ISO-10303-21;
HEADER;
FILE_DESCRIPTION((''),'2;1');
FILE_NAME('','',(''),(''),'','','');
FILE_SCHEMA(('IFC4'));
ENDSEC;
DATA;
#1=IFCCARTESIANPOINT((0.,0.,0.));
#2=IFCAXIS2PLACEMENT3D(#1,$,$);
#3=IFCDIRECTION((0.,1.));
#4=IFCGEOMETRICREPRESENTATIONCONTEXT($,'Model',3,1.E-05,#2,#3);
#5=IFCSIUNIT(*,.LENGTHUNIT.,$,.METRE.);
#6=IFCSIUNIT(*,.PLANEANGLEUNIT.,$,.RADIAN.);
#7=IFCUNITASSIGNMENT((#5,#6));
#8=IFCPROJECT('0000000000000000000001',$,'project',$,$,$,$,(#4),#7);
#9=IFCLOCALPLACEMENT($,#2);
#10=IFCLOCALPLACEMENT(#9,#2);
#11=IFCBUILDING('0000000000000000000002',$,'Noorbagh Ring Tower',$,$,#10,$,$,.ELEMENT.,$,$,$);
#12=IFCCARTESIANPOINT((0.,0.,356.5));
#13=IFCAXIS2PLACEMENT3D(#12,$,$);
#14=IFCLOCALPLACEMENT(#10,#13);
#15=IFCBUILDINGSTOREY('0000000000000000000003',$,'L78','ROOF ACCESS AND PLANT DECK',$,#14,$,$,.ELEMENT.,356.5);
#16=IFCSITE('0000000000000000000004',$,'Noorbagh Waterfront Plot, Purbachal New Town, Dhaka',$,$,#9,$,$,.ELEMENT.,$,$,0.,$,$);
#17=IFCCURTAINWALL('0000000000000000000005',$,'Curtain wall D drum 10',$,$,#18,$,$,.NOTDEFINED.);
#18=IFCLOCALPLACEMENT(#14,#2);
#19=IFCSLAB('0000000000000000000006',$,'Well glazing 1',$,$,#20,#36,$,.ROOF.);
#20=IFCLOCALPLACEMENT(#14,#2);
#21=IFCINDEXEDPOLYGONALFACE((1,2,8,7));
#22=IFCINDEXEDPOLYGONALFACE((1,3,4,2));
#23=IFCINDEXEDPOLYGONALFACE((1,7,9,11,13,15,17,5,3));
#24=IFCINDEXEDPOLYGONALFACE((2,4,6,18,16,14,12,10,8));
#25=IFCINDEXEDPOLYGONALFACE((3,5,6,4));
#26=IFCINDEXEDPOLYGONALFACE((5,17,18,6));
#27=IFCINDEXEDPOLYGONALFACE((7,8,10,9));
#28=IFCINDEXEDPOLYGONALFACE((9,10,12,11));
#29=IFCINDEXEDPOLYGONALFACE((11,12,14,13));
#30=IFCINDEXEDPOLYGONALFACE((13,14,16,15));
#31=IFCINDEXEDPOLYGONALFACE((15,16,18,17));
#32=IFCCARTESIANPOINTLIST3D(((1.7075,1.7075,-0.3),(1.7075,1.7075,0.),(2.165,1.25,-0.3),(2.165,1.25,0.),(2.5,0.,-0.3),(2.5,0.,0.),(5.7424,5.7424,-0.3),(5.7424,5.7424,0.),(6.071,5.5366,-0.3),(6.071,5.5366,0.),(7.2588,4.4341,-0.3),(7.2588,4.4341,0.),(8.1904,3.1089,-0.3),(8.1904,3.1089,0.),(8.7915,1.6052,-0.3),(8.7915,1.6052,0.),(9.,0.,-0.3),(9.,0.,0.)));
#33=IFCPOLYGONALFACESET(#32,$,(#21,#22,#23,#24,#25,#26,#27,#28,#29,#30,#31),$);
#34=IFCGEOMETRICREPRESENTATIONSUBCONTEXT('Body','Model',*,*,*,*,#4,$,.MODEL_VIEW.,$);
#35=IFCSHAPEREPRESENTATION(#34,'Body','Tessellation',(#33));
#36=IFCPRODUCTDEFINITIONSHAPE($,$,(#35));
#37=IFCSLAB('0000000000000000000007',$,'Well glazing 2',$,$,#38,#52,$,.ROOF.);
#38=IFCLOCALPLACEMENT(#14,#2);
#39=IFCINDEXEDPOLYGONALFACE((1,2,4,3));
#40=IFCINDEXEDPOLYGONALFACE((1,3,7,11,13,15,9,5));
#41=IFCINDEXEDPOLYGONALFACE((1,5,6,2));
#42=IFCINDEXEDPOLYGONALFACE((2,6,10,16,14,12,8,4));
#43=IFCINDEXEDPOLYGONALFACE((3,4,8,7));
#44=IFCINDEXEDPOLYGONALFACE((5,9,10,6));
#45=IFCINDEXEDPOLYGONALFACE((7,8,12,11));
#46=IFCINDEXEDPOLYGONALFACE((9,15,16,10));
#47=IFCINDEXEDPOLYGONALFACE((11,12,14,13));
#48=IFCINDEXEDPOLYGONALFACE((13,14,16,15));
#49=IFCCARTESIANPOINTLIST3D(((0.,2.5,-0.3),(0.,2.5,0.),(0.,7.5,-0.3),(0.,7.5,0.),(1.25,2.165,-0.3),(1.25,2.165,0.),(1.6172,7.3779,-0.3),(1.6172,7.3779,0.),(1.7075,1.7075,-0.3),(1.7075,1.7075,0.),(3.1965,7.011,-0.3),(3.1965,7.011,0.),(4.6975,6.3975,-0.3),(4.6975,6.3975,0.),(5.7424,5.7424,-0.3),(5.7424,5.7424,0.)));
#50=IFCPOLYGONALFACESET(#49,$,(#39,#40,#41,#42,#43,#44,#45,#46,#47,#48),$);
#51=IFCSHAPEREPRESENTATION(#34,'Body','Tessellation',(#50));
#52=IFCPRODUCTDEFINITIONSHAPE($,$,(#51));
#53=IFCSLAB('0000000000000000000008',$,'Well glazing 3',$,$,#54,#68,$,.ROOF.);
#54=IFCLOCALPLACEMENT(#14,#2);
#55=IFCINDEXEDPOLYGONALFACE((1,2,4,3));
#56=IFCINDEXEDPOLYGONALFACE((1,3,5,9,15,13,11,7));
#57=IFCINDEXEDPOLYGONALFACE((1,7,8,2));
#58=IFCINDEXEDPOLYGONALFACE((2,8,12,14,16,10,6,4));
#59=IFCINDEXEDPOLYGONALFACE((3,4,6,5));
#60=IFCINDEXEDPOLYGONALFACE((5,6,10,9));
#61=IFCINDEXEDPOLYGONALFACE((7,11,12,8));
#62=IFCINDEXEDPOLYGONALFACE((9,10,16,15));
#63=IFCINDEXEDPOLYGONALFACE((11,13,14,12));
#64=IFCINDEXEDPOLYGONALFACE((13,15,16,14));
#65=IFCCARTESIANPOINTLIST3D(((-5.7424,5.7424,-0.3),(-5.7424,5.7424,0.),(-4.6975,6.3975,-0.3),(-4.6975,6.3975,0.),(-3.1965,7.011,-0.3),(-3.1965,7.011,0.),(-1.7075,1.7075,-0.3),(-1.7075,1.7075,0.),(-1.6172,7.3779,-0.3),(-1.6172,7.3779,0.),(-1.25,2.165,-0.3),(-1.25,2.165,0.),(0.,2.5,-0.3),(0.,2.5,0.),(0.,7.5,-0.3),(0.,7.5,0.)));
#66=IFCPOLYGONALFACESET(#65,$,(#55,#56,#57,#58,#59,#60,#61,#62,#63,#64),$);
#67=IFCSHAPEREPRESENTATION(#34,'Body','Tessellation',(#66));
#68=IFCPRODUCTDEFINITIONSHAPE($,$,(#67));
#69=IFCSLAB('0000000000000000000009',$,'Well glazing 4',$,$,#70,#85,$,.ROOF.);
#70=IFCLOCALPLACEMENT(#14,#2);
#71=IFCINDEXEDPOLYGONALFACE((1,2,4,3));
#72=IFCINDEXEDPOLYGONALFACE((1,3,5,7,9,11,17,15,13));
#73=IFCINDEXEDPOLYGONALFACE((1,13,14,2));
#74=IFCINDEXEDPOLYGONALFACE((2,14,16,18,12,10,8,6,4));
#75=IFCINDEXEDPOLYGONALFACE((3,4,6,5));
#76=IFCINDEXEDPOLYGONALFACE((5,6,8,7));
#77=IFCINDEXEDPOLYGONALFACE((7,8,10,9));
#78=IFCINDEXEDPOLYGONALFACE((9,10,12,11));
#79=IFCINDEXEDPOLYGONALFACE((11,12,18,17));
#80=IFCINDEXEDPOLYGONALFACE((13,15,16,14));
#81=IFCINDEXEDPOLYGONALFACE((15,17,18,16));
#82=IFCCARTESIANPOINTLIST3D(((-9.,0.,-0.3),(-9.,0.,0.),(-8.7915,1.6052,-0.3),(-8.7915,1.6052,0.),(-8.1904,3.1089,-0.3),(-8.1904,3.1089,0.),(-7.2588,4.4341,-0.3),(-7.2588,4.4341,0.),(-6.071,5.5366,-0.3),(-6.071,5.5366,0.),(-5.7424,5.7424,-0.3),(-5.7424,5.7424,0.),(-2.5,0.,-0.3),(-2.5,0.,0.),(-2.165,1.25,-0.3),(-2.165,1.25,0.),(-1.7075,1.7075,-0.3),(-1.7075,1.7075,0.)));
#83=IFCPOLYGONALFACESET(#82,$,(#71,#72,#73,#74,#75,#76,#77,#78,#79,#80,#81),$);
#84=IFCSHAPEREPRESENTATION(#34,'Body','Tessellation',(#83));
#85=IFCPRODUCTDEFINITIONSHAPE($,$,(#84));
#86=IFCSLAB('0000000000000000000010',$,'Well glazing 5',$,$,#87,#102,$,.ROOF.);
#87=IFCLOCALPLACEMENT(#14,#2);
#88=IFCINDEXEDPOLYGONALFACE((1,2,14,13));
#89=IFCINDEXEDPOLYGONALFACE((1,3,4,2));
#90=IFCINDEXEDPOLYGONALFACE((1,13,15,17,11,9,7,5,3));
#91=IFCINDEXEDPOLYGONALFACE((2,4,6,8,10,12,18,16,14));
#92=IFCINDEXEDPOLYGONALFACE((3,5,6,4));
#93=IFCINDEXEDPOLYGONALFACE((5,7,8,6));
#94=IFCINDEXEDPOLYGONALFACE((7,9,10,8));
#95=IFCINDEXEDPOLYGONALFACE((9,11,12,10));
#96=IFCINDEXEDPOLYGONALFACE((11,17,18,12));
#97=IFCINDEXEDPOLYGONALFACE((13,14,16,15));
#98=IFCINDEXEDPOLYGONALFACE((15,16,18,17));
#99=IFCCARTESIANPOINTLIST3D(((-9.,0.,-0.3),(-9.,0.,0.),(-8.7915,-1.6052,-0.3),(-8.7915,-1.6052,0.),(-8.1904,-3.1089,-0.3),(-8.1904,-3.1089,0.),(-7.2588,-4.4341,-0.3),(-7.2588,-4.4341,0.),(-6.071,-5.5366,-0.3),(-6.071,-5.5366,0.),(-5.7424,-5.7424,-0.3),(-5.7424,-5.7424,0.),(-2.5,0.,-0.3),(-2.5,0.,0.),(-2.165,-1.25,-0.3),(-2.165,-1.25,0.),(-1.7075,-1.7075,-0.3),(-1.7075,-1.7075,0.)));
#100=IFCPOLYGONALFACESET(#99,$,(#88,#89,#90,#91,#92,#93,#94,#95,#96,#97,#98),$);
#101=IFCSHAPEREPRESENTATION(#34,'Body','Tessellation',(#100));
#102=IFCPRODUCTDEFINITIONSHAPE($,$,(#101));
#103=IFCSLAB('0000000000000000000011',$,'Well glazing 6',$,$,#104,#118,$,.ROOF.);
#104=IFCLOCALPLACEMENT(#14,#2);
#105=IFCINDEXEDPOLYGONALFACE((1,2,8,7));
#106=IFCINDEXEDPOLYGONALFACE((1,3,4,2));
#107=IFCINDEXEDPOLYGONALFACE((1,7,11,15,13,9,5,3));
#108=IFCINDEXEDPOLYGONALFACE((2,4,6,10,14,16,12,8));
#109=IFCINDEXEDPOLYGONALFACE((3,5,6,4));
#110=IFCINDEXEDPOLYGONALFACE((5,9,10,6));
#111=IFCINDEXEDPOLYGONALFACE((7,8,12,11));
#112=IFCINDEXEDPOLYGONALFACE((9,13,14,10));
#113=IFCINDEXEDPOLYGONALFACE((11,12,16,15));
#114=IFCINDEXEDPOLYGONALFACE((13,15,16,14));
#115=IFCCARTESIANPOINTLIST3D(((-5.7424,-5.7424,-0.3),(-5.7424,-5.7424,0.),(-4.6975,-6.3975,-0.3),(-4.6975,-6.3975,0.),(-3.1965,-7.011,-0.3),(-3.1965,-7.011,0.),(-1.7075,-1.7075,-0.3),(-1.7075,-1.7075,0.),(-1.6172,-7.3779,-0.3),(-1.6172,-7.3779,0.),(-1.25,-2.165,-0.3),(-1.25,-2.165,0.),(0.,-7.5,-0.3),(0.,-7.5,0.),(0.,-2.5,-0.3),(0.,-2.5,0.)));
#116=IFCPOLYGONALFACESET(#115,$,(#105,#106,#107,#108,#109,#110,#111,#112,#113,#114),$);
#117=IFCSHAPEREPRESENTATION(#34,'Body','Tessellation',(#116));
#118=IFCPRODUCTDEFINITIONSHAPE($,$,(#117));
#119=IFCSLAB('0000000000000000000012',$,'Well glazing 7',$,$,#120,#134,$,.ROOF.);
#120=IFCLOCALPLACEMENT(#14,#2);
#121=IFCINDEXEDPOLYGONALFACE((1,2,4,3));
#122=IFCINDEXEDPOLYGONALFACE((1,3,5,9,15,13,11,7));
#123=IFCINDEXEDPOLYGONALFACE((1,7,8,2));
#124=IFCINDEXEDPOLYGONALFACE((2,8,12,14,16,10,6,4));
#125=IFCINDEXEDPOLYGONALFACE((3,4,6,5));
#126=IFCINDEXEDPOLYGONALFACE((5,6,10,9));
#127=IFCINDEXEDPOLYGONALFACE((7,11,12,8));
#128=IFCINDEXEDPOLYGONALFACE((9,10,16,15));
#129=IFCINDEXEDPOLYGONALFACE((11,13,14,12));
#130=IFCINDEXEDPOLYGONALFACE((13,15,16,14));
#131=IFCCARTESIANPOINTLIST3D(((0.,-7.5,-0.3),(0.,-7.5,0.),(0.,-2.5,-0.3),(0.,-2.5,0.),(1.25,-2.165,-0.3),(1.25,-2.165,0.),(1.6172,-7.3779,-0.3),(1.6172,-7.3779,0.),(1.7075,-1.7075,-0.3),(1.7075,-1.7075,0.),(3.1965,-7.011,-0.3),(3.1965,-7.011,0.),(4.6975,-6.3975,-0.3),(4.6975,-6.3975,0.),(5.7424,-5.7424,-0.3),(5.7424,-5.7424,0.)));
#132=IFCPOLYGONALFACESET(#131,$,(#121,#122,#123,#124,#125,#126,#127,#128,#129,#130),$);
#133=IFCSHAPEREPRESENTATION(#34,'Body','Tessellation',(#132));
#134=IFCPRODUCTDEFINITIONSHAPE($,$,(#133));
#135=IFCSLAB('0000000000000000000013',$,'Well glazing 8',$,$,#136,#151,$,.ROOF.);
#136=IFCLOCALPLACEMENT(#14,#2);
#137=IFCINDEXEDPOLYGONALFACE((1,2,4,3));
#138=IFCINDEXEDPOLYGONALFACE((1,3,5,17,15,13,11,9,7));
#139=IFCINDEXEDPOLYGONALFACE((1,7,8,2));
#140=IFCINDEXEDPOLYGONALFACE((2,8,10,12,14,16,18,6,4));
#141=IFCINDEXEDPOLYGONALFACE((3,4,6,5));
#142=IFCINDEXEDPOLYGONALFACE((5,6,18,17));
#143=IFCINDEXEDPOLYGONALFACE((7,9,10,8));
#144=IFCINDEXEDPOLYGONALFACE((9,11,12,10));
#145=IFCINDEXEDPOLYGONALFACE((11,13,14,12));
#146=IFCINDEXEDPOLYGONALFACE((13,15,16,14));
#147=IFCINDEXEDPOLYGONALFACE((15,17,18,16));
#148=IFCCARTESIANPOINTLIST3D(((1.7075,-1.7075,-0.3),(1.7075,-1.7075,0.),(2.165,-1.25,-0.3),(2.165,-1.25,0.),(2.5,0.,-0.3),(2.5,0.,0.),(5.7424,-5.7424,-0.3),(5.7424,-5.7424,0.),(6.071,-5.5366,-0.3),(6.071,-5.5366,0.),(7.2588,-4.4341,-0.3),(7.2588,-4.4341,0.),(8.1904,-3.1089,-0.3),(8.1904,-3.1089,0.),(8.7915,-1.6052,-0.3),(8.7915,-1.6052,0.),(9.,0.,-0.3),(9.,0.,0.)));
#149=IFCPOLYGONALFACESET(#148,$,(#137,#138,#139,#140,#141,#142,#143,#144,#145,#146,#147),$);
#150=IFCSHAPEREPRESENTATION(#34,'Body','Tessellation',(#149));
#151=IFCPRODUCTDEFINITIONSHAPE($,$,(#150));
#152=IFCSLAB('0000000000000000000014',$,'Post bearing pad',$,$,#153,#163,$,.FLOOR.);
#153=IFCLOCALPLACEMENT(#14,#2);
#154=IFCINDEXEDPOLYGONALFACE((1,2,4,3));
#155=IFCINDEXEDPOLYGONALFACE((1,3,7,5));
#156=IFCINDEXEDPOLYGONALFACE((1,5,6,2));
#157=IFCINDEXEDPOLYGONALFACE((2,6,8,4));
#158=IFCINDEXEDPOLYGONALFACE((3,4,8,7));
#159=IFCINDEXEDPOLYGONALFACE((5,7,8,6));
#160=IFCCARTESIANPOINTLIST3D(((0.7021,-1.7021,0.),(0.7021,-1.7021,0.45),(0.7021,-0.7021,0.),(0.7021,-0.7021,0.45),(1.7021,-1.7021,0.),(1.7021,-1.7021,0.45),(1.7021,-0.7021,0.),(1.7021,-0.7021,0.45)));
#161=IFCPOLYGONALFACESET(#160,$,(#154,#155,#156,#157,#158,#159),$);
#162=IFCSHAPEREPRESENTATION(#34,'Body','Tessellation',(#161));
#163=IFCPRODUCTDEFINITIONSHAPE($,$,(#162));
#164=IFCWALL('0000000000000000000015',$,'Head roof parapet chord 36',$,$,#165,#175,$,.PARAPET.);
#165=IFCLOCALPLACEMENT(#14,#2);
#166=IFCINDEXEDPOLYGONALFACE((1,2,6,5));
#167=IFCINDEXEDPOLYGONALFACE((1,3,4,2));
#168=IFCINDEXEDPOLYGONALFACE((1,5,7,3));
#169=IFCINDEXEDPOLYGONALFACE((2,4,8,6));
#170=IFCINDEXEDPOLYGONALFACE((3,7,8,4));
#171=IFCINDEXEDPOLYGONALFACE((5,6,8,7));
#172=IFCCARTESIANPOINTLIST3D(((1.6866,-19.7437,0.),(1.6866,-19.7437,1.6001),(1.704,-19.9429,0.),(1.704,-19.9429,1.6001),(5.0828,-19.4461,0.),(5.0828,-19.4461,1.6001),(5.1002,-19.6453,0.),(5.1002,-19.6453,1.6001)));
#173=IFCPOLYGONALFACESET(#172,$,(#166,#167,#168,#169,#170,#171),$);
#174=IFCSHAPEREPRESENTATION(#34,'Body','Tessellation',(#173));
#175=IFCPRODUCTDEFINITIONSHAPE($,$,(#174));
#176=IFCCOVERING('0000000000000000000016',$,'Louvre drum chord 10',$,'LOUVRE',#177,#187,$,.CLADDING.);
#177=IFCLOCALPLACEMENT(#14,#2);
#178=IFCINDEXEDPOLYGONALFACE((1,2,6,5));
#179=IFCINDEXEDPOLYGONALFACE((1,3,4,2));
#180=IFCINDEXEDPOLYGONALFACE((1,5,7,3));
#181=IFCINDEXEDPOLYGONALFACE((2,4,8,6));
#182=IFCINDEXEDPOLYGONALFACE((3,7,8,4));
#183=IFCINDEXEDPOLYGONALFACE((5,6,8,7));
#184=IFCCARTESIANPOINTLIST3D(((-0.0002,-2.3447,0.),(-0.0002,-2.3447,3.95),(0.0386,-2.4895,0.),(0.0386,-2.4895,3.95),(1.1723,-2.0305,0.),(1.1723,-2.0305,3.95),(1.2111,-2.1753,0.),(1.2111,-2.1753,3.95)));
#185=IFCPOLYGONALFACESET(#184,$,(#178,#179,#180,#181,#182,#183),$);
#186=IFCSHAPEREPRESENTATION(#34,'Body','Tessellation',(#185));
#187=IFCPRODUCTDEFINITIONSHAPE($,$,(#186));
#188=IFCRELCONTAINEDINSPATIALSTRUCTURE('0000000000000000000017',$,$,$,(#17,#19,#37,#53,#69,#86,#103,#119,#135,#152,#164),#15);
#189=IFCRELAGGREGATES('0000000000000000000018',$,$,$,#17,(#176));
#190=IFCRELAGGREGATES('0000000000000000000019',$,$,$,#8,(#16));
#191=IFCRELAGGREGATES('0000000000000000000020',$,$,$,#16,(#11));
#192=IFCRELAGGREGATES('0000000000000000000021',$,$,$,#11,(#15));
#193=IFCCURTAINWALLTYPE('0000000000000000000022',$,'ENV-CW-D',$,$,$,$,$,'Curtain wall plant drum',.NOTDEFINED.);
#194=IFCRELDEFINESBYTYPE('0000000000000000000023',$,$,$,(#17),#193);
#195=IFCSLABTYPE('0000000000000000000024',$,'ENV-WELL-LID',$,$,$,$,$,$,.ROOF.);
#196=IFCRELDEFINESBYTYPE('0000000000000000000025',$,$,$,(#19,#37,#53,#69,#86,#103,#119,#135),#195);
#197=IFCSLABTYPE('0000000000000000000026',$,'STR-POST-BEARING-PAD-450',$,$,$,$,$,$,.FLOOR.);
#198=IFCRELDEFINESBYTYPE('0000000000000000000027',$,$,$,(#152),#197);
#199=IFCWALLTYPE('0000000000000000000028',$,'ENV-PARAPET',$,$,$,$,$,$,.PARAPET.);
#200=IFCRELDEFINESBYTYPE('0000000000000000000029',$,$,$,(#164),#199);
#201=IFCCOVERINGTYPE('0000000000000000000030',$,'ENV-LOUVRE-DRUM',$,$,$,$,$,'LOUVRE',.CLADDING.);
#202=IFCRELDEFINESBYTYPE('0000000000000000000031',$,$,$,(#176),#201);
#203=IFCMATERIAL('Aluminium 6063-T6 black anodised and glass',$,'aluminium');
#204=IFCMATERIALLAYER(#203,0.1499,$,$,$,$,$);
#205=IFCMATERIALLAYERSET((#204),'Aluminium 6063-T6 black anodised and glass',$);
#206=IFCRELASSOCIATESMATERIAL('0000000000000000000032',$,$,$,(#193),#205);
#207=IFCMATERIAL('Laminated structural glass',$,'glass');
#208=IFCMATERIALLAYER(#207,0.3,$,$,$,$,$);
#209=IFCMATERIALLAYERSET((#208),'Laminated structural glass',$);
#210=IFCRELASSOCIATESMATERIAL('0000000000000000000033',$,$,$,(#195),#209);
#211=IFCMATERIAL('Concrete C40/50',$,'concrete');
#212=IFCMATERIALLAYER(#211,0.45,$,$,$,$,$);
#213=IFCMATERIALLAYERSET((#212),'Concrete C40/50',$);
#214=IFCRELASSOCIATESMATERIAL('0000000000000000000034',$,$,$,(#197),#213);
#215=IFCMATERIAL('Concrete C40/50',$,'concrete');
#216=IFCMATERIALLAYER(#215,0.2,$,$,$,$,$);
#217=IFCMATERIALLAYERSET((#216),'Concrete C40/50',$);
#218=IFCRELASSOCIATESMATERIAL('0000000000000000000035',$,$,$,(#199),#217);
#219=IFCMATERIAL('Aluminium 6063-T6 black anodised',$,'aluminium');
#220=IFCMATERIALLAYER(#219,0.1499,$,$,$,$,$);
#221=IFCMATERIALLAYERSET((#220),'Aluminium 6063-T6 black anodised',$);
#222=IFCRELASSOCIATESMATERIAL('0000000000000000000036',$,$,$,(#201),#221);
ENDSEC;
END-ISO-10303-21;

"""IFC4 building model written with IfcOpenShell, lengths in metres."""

from ifc_helpers import new_model, si_unit, direction, frame, frame_2d, origin, origin_2d, place, context, subcontext, project, spatial, polyline, rectangle, outline, extrude, material, layer, layer_set, type_object, element, aggregate, save


model = new_model("IFC4")

# Units and contexts
model_context = context("Model", 3, precision=1e-05, world=origin(), true_north=direction((0.0, 1.0)))
body_context = subcontext(model_context, "Body", "Model", "MODEL_VIEW")
ifc_project = project(units=[si_unit("LENGTHUNIT", "METRE"), si_unit("PLANEANGLEUNIT", "RADIAN")], contexts=[model_context])

# Site, building, storey
site_placement = place(None, origin())
site = spatial("IfcSite", under=ifc_project, at=site_placement, Name="Noorbagh Waterfront Plot, Purbachal New Town, Dhaka", CompositionType="ELEMENT", RefElevation=0.0)
building_placement = place(site_placement, origin())
building = spatial("IfcBuilding", under=site, at=building_placement, Name="Noorbagh Ring Tower", CompositionType="ELEMENT")
storey_placement = place(building_placement, frame((0.0, 0.0, 356.5)))
storey = spatial("IfcBuildingStorey", under=building, at=storey_placement, Name="L78", Description="ROOF ACCESS AND PLANT DECK", CompositionType="ELEMENT", Elevation=356.5)

# Curtain wall
ifc_material_1 = material(Name="Aluminium 6063-T6 black anodised and glass", Category="aluminium")
ifc_layer_1 = layer(ifc_material_1, 0.1499)
ifc_layer_set_1 = layer_set([ifc_layer_1], Name="Aluminium 6063-T6 black anodised and glass")
curtain_wall_type = type_object("IfcCurtainWallType", Name="ENV-CW-D", ElementType="Curtain wall plant drum", PredefinedType="NOTDEFINED", material=ifc_layer_set_1)
curtain_wall_1_placement = place(storey_placement, origin())
curtain_wall_1 = element("IfcCurtainWall", 1, at=curtain_wall_1_placement, inside=storey, type_object=curtain_wall_type, Name="Curtain wall D drum 10", PredefinedType="NOTDEFINED")

# Slabs
ifc_material_2 = material(Name="Laminated structural glass", Category="glass")
ifc_layer_2 = layer(ifc_material_2, 0.3)
ifc_layer_set_2 = layer_set([ifc_layer_2], Name="Laminated structural glass")
slab_type_1 = type_object("IfcSlabType", Name="ENV-WELL-LID", PredefinedType="ROOF", material=ifc_layer_set_2)
slab_1_placement = place(storey_placement, frame((0.0, 0.0, -0.3)))
element("IfcSlab", 2, at=slab_1_placement, inside=storey, type_object=slab_type_1, Name="Well glazing 1", PredefinedType="ROOF", context=body_context, shape_type="SweptSolid", body=[
    extrude(outline(polyline([(6.071, 5.5366), (7.2588, 4.4341), (8.1904, 3.1089), (8.7915, 1.6052), (9.0, 0.0), (2.5, 0.0), (2.165, 1.25), (1.7075, 1.7075), (5.7424, 5.7424), (6.071, 5.5366)])), origin(), (0.0, 0.0, 1.0), 0.3),
])
slab_2_placement = place(storey_placement, frame((0.0, 0.0, -0.3)))
element("IfcSlab", 3, at=slab_2_placement, inside=storey, type_object=slab_type_1, Name="Well glazing 2", PredefinedType="ROOF", context=body_context, shape_type="SweptSolid", body=[
    extrude(outline(polyline([(0.0, 7.5), (1.6172, 7.3779), (3.1965, 7.011), (4.6975, 6.3975), (5.7424, 5.7424), (1.7075, 1.7075), (1.25, 2.165), (0.0, 2.5), (0.0, 7.5), (0.0, 7.5)])), origin(), (0.0, 0.0, 1.0), 0.3),
])
slab_3_placement = place(storey_placement, frame((0.0, 0.0, -0.3)))
element("IfcSlab", 4, at=slab_3_placement, inside=storey, type_object=slab_type_1, Name="Well glazing 3", PredefinedType="ROOF", context=body_context, shape_type="SweptSolid", body=[
    extrude(outline(polyline([(-4.6975, 6.3975), (-3.1965, 7.011), (-1.6172, 7.3779), (0.0, 7.5), (0.0, 2.5), (-1.25, 2.165), (-1.7075, 1.7075), (-5.7424, 5.7424), (-4.6975, 6.3975)])), origin(), (0.0, 0.0, 1.0), 0.3),
])
slab_4_placement = place(storey_placement, frame((0.0, 0.0, -0.3)))
element("IfcSlab", 5, at=slab_4_placement, inside=storey, type_object=slab_type_1, Name="Well glazing 4", PredefinedType="ROOF", context=body_context, shape_type="SweptSolid", body=[
    extrude(outline(polyline([(-9.0, 0.0), (-8.7915, 1.6052), (-8.1904, 3.1089), (-7.2588, 4.4341), (-6.071, 5.5366), (-5.7424, 5.7424), (-1.7075, 1.7075), (-2.165, 1.25), (-2.5, 0.0), (-9.0, 0.0), (-9.0, 0.0)])), origin(), (0.0, 0.0, 1.0), 0.3),
])
slab_5_placement = place(storey_placement, frame((0.0, 0.0, -0.3)))
element("IfcSlab", 6, at=slab_5_placement, inside=storey, type_object=slab_type_1, Name="Well glazing 5", PredefinedType="ROOF", context=body_context, shape_type="SweptSolid", body=[
    extrude(outline(polyline([(-6.071, -5.5366), (-7.2588, -4.4341), (-8.1904, -3.1089), (-8.7915, -1.6052), (-9.0, 0.0), (-2.5, 0.0), (-2.165, -1.25), (-1.7075, -1.7075), (-5.7424, -5.7424), (-6.071, -5.5366)])), origin(), (0.0, 0.0, 1.0), 0.3),
])
slab_6_placement = place(storey_placement, frame((0.0, 0.0, -0.3)))
element("IfcSlab", 7, at=slab_6_placement, inside=storey, type_object=slab_type_1, Name="Well glazing 6", PredefinedType="ROOF", context=body_context, shape_type="SweptSolid", body=[
    extrude(outline(polyline([(0.0, -7.5), (-1.6172, -7.3779), (-3.1965, -7.011), (-4.6975, -6.3975), (-5.7424, -5.7424), (-1.7075, -1.7075), (-1.25, -2.165), (0.0, -2.5), (0.0, -7.5), (0.0, -7.5)])), origin(), (0.0, 0.0, 1.0), 0.3),
])
slab_7_placement = place(storey_placement, frame((0.0, 0.0, -0.3)))
element("IfcSlab", 8, at=slab_7_placement, inside=storey, type_object=slab_type_1, Name="Well glazing 7", PredefinedType="ROOF", context=body_context, shape_type="SweptSolid", body=[
    extrude(outline(polyline([(4.6975, -6.3975), (3.1965, -7.011), (1.6172, -7.3779), (0.0, -7.5), (0.0, -2.5), (1.25, -2.165), (1.7075, -1.7075), (5.7424, -5.7424), (4.6975, -6.3975)])), origin(), (0.0, 0.0, 1.0), 0.3),
])
slab_8_placement = place(storey_placement, frame((0.0, 0.0, -0.3)))
element("IfcSlab", 9, at=slab_8_placement, inside=storey, type_object=slab_type_1, Name="Well glazing 8", PredefinedType="ROOF", context=body_context, shape_type="SweptSolid", body=[
    extrude(outline(polyline([(8.1904, -3.1089), (7.2588, -4.4341), (6.071, -5.5366), (5.7424, -5.7424), (1.7075, -1.7075), (2.165, -1.25), (2.5, 0.0), (9.0, 0.0), (8.7915, -1.6052), (8.1904, -3.1089)])), origin(), (0.0, 0.0, 1.0), 0.3),
])
ifc_material_3 = material(Name="Concrete C40/50", Category="concrete")
ifc_layer_3 = layer(ifc_material_3, 0.45)
ifc_layer_set_3 = layer_set([ifc_layer_3], Name="Concrete C40/50")
slab_type_2 = type_object("IfcSlabType", Name="STR-POST-BEARING-PAD-450", PredefinedType="FLOOR", material=ifc_layer_set_3)
slab_9_placement = place(storey_placement, frame((1.2021, -1.2021, 0.0), z_axis=(0.0, 0.0, 1.0), x_axis=(1.0, 0.0, 0.0)))
element("IfcSlab", 10, at=slab_9_placement, inside=storey, type_object=slab_type_2, Name="Post bearing pad", PredefinedType="FLOOR", context=body_context, shape_type="SweptSolid", body=[
    extrude(rectangle(XDim=1.0, YDim=1.0, at=origin_2d()), origin(), (0.0, 0.0, 1.0), 0.45),
])

# Wall
ifc_material_4 = material(Name="Concrete C40/50", Category="concrete")
ifc_layer_4 = layer(ifc_material_4, 0.2)
ifc_layer_set_4 = layer_set([ifc_layer_4], Name="Concrete C40/50")
wall_type = type_object("IfcWallType", Name="ENV-PARAPET", PredefinedType="PARAPET", material=ifc_layer_set_4)
wall_placement = place(storey_placement, frame((1.6953, -19.8433, 0.0), z_axis=(0.0, 0.0, 1.0), x_axis=(0.996183, 0.087294, 0.0)))
element("IfcWall", 11, at=wall_placement, inside=storey, type_object=wall_type, Name="Head roof parapet chord 36", PredefinedType="PARAPET", context=body_context, shape_type="SweptSolid", body=[
    extrude(rectangle(XDim=3.4092, YDim=0.2, at=frame_2d((1.7046, 0.0))), origin(), (0.0, 0.0, 1.0), 1.6001),
])

# Covering
ifc_material_5 = material(Name="Aluminium 6063-T6 black anodised", Category="aluminium")
ifc_layer_5 = layer(ifc_material_5, 0.1499)
ifc_layer_set_5 = layer_set([ifc_layer_5], Name="Aluminium 6063-T6 black anodised")
covering_type_1 = type_object("IfcCoveringType", Name="ENV-LOUVRE-DRUM", ElementType="LOUVRE", PredefinedType="CLADDING", material=ifc_layer_set_5)
covering_1_placement = place(storey_placement, frame((0.6055, -2.26, 0.0), z_axis=(0.0, 0.0, 1.0), x_axis=(0.965926, 0.258819, 0.0)))
covering_1 = element("IfcCovering", 12, at=covering_1_placement, type_object=covering_type_1, Name="Louvre drum chord 10", ObjectType="LOUVRE", PredefinedType="CLADDING", context=body_context, shape_type="SweptSolid", body=[
    extrude(rectangle(XDim=1.2139, YDim=0.1499, at=origin_2d()), origin(), (0.0, 0.0, 1.0), 3.95),
])
aggregate(curtain_wall_1, [covering_1])

save(model, "model.ifc")
